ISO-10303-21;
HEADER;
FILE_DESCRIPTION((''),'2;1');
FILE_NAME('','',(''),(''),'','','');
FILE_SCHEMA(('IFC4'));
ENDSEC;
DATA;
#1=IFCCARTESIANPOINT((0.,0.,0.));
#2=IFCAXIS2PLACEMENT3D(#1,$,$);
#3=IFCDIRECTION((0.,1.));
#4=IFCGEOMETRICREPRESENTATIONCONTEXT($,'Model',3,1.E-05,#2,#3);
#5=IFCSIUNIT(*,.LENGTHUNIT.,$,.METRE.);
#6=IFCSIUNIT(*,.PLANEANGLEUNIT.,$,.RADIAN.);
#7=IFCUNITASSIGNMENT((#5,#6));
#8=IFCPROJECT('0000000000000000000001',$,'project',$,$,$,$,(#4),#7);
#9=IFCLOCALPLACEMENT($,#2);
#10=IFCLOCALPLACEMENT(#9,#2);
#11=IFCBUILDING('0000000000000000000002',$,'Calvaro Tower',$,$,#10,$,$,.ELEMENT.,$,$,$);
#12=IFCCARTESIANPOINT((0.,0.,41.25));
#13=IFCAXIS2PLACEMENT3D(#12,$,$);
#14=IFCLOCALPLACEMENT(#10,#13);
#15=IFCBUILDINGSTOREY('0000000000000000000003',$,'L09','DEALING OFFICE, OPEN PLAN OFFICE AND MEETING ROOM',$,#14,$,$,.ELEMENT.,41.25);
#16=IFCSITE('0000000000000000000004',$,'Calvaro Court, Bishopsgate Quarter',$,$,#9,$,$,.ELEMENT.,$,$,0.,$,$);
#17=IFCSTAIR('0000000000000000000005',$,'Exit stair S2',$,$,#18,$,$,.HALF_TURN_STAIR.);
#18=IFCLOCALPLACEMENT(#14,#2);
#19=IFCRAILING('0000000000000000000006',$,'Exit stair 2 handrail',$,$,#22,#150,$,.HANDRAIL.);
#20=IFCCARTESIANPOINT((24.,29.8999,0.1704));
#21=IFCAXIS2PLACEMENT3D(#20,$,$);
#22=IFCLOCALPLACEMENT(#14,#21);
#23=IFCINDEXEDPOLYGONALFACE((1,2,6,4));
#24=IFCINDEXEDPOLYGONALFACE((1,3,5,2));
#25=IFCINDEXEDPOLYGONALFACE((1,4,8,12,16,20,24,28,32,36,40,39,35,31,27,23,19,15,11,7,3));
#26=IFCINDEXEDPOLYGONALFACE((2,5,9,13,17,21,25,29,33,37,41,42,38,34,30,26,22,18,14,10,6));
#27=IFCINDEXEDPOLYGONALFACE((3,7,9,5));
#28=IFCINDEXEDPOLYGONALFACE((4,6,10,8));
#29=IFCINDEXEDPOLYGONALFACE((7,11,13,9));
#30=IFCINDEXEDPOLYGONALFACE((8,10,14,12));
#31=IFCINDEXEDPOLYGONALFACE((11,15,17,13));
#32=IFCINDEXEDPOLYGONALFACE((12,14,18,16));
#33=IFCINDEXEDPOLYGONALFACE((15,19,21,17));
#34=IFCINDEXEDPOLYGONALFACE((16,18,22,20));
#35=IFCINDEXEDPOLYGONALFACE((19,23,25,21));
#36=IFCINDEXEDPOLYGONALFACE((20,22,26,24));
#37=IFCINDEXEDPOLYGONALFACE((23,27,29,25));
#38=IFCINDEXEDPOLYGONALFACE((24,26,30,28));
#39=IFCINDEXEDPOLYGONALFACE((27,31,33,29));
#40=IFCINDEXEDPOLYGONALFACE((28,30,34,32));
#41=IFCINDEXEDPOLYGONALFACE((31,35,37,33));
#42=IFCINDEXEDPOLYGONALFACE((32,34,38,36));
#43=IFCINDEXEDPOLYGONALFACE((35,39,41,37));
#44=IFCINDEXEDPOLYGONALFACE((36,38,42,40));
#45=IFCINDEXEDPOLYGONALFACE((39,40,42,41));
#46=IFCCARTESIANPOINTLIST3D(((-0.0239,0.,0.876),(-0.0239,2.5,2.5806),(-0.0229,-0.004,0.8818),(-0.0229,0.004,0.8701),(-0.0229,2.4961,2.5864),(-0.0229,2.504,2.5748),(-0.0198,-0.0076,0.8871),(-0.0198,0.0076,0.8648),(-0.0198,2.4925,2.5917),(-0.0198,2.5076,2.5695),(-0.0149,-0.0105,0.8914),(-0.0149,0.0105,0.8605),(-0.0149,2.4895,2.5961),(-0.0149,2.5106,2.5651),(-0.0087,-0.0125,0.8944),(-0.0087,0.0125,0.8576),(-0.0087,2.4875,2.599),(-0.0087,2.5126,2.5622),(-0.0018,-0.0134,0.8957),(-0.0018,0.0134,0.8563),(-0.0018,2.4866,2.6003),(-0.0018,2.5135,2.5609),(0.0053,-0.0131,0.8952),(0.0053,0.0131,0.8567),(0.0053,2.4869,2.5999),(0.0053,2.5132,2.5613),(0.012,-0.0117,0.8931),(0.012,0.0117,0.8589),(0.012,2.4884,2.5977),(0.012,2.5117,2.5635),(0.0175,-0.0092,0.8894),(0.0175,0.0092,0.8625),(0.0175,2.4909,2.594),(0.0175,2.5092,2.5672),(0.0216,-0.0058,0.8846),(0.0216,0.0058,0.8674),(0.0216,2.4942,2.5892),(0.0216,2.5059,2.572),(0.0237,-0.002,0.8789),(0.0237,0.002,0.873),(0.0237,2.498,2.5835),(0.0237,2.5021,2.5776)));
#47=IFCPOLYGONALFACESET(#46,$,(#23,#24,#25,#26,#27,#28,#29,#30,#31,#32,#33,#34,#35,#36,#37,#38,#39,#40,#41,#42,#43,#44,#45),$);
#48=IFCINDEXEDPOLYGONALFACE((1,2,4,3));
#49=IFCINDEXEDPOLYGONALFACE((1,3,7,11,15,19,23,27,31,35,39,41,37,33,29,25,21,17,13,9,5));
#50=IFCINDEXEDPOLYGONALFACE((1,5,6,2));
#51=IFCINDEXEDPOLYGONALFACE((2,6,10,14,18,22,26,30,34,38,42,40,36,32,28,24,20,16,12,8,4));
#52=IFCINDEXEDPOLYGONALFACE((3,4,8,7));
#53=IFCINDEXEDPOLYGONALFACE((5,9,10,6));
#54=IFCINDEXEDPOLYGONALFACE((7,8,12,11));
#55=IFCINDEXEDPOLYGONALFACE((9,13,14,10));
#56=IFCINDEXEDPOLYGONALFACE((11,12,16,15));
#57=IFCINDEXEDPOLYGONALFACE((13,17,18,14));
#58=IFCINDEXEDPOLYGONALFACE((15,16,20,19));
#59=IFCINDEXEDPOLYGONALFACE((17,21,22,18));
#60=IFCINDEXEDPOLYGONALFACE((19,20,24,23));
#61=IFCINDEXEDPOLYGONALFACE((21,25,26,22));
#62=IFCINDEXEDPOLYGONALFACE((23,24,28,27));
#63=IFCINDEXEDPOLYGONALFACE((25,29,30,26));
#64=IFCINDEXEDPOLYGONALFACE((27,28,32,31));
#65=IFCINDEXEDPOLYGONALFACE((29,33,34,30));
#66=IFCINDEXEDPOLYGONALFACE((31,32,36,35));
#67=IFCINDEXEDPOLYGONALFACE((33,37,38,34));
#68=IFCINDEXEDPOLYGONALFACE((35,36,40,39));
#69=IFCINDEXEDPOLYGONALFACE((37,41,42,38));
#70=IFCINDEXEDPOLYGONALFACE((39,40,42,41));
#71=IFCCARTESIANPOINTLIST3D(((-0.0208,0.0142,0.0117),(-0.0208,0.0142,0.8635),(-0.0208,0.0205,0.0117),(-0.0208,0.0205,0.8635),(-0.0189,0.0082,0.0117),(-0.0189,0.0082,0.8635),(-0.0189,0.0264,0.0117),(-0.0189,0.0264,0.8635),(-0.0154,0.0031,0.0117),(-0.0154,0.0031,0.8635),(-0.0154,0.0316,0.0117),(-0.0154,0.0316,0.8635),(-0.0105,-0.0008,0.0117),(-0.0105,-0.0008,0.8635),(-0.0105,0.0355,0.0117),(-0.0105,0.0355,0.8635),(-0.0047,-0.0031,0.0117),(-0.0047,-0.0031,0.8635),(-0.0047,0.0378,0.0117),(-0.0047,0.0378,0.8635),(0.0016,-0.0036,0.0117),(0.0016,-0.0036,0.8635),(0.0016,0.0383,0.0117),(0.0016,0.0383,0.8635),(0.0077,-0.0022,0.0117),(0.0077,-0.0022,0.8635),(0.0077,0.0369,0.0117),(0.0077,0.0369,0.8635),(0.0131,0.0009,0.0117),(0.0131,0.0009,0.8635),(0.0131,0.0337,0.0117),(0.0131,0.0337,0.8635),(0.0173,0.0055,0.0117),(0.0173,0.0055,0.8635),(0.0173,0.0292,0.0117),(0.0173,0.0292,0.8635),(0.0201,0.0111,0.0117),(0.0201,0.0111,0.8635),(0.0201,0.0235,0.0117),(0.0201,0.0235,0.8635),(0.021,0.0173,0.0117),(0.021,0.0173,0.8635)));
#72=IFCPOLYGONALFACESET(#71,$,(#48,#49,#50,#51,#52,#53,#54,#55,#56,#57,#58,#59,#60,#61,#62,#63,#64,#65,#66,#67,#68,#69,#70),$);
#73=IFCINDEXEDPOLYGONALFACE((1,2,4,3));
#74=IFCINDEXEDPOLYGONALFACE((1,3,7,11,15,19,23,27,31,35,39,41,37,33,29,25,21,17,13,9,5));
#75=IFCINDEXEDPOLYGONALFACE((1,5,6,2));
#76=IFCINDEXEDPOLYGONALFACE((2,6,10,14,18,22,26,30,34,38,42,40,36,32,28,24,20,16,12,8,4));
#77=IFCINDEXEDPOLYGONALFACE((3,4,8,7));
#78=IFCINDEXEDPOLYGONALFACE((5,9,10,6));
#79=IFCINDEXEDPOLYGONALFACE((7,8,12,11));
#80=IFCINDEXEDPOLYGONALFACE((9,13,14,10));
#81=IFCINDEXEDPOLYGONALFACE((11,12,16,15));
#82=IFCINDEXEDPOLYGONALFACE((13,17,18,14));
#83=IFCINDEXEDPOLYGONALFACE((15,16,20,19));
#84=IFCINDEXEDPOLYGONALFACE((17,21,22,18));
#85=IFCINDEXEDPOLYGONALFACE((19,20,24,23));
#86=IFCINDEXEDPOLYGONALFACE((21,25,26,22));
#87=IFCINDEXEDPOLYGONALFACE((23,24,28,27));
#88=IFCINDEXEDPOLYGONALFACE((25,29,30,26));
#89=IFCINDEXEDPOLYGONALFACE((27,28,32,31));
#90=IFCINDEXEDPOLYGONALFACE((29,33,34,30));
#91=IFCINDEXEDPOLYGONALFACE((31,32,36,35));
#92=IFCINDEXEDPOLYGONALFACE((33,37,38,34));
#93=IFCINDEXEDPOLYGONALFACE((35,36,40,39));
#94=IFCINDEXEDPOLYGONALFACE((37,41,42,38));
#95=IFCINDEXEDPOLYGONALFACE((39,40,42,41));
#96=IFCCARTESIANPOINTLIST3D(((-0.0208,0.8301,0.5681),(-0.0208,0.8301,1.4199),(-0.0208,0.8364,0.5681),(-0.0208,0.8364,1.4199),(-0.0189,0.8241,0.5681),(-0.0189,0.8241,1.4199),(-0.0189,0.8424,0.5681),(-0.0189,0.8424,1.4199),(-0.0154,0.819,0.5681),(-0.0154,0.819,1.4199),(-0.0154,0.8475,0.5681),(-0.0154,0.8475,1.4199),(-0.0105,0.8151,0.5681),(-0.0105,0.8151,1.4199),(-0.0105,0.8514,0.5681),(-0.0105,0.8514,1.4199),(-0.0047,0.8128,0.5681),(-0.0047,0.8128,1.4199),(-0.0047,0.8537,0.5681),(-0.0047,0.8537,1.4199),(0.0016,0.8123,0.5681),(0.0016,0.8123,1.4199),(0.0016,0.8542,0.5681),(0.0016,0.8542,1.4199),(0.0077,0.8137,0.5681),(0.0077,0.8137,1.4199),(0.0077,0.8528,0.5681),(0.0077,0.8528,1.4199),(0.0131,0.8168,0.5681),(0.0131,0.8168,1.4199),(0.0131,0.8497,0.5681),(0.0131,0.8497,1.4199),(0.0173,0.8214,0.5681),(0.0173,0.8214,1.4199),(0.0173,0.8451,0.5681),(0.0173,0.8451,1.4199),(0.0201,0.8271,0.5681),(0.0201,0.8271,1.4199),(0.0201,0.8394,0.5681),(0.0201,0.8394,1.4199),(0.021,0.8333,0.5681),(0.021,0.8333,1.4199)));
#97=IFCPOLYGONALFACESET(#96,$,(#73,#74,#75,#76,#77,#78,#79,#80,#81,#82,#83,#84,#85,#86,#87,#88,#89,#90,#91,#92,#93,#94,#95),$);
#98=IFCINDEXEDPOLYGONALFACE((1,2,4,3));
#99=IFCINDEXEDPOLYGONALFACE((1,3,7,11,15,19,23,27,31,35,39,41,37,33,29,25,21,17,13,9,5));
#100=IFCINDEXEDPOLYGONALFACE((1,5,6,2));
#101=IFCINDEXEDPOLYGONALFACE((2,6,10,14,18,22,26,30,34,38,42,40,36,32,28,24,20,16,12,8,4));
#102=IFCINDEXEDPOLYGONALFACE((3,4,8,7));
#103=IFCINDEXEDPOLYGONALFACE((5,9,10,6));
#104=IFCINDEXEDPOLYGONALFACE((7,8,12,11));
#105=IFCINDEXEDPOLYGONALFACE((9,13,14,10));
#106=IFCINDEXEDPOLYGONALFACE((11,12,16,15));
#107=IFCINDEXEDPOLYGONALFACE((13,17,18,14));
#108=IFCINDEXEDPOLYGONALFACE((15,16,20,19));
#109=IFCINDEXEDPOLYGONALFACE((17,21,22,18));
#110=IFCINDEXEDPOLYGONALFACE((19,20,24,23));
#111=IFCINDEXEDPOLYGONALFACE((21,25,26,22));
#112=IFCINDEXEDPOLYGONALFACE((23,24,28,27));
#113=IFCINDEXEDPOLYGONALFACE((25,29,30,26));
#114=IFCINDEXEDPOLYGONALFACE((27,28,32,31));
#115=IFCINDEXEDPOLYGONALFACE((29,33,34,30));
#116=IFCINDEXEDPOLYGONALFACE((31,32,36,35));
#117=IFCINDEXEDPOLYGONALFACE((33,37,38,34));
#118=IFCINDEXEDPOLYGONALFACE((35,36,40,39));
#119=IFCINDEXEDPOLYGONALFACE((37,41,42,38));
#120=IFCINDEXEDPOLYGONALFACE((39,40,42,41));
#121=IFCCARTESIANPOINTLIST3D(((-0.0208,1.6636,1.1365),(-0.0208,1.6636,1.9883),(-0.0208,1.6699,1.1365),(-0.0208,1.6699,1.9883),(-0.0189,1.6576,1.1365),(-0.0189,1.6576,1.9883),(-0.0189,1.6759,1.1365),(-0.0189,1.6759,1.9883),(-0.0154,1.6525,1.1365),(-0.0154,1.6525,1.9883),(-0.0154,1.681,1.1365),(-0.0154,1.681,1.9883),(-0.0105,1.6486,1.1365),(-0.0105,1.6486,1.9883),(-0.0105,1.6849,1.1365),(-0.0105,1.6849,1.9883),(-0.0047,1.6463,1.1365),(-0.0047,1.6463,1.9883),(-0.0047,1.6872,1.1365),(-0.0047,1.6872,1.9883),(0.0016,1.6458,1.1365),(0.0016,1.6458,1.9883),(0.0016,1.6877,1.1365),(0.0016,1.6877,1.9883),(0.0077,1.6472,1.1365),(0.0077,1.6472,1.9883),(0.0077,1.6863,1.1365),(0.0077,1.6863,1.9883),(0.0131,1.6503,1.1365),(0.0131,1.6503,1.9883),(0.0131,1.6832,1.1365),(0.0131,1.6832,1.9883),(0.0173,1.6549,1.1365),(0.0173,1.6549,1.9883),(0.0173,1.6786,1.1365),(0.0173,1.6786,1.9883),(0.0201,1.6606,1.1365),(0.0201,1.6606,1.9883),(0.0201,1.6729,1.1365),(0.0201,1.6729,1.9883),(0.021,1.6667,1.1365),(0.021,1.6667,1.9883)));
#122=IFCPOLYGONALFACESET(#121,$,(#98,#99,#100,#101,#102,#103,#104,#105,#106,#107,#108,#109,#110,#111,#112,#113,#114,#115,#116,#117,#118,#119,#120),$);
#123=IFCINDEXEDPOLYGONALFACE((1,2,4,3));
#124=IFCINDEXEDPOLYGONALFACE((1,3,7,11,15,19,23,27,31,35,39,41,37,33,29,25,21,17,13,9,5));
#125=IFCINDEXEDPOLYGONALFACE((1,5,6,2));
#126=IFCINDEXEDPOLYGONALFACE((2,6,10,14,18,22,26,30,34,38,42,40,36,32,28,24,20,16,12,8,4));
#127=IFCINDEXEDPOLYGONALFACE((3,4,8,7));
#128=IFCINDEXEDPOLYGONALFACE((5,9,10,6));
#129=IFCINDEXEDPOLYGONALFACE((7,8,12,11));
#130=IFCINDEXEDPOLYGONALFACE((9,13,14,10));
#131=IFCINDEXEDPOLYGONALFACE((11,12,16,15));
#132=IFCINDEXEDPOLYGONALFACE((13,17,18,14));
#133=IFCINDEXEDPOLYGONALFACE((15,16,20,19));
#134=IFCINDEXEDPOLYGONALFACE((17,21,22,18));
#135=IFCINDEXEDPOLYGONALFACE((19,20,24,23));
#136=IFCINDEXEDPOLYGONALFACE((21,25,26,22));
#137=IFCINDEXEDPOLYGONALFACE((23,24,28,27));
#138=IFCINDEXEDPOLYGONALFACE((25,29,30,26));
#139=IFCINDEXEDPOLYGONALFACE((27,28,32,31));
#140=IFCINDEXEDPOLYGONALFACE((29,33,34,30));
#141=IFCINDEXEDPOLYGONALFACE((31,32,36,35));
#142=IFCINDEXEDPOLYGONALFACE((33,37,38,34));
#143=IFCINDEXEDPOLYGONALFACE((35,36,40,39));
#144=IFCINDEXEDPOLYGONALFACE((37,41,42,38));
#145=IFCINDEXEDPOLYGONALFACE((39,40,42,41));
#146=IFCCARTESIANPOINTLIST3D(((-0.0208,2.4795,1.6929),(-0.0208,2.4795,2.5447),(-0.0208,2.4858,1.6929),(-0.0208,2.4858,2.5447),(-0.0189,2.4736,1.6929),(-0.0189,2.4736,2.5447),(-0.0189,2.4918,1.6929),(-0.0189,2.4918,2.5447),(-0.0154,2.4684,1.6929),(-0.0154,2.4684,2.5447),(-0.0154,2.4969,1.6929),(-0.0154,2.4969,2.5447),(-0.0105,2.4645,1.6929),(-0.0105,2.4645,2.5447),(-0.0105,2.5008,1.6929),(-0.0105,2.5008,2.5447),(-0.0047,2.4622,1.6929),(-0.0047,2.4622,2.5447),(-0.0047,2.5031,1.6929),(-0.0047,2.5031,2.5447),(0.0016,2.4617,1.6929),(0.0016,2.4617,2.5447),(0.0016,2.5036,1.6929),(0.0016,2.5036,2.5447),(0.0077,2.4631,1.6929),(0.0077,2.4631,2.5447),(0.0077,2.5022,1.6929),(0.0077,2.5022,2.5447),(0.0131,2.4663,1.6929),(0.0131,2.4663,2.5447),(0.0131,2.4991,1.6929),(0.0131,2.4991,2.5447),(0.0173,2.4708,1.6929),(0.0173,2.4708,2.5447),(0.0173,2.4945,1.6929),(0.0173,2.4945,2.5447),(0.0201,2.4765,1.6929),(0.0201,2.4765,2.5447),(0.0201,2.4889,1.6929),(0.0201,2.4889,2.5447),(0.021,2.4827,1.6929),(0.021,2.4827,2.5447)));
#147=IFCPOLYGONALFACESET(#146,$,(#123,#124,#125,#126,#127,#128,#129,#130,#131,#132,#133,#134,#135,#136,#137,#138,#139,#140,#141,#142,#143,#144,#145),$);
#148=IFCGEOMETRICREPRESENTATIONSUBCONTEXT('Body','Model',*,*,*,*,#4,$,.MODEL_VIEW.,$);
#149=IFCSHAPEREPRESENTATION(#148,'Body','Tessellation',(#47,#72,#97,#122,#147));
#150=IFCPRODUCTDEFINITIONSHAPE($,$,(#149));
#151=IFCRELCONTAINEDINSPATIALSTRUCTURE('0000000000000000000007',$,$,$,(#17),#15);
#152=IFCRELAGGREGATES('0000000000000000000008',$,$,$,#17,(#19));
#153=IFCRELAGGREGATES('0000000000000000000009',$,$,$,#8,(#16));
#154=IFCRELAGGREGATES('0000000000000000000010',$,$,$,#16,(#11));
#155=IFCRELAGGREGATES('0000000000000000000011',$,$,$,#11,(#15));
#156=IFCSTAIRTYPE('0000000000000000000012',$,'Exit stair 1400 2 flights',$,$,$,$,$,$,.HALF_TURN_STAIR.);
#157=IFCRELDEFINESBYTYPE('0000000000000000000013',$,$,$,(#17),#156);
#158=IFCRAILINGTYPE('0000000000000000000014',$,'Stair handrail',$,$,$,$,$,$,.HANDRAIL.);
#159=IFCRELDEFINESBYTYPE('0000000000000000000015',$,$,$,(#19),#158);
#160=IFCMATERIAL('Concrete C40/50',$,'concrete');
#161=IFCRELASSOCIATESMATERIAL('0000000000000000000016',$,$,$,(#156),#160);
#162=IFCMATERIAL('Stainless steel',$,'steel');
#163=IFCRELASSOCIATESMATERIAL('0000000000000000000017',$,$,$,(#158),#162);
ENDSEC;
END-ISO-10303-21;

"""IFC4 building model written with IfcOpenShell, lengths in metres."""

from ifc_helpers import new_model, si_unit, direction, frame, origin, origin_2d, place, context, subcontext, project, spatial, circle, extrude, material, type_object, element, aggregate, save


model = new_model("IFC4")

# Units and contexts
model_context = context("Model", 3, precision=1e-05, world=origin(), true_north=direction((0.0, 1.0)))
body_context = subcontext(model_context, "Body", "Model", "MODEL_VIEW")
ifc_project = project(units=[si_unit("LENGTHUNIT", "METRE"), si_unit("PLANEANGLEUNIT", "RADIAN")], contexts=[model_context])

# Site, building, storey
site_placement = place(None, origin())
site = spatial("IfcSite", under=ifc_project, at=site_placement, Name="Calvaro Court, Bishopsgate Quarter", CompositionType="ELEMENT", RefElevation=0.0)
building_placement = place(site_placement, origin())
building = spatial("IfcBuilding", under=site, at=building_placement, Name="Calvaro Tower", CompositionType="ELEMENT")
storey_placement = place(building_placement, frame((0.0, 0.0, 41.25)))
storey = spatial("IfcBuildingStorey", under=building, at=storey_placement, Name="L09", Description="DEALING OFFICE, OPEN PLAN OFFICE AND MEETING ROOM", CompositionType="ELEMENT", Elevation=41.25)

# Stair, railing
ifc_material_1 = material(Name="Concrete C40/50", Category="concrete")
stair_type = type_object("IfcStairType", Name="Exit stair 1400 2 flights", PredefinedType="HALF_TURN_STAIR", material=ifc_material_1)
stair_placement = place(storey_placement, origin())
stair = element("IfcStair", 1, at=stair_placement, inside=storey, type_object=stair_type, Name="Exit stair S2", PredefinedType="HALF_TURN_STAIR")
ifc_material_2 = material(Name="Stainless steel", Category="steel")
railing_type = type_object("IfcRailingType", Name="Stair handrail", PredefinedType="HANDRAIL", material=ifc_material_2)
railing_placement = place(storey_placement, frame((24.0, 29.8999, 0.1704)))
railing = element("IfcRailing", 2, at=railing_placement, type_object=railing_type, Name="Exit stair 2 handrail", PredefinedType="HANDRAIL", context=body_context, shape_type="SweptSolid", body=[
    extrude(circle(Radius=0.0239, at=origin_2d()), frame((0.0, 0.0, 0.876), z_axis=(0.0, 0.826221, 0.563347), x_axis=(-1.0, 0.0, 0.0)), (0.0, 0.0, 1.0), 3.0259),
    extrude(circle(Radius=0.021, at=origin_2d()), frame((0.0, 0.0173, 0.0117)), (0.0, 0.0, 1.0), 0.8518),
    extrude(circle(Radius=0.021, at=origin_2d()), frame((0.0, 0.8333, 0.5681)), (0.0, 0.0, 1.0), 0.8518),
    extrude(circle(Radius=0.021, at=origin_2d()), frame((0.0, 1.6667, 1.1365)), (0.0, 0.0, 1.0), 0.8518),
    extrude(circle(Radius=0.021, at=origin_2d()), frame((0.0, 2.4827, 1.6929)), (0.0, 0.0, 1.0), 0.8518),
])
aggregate(stair, [railing])

save(model, "model.ifc")
